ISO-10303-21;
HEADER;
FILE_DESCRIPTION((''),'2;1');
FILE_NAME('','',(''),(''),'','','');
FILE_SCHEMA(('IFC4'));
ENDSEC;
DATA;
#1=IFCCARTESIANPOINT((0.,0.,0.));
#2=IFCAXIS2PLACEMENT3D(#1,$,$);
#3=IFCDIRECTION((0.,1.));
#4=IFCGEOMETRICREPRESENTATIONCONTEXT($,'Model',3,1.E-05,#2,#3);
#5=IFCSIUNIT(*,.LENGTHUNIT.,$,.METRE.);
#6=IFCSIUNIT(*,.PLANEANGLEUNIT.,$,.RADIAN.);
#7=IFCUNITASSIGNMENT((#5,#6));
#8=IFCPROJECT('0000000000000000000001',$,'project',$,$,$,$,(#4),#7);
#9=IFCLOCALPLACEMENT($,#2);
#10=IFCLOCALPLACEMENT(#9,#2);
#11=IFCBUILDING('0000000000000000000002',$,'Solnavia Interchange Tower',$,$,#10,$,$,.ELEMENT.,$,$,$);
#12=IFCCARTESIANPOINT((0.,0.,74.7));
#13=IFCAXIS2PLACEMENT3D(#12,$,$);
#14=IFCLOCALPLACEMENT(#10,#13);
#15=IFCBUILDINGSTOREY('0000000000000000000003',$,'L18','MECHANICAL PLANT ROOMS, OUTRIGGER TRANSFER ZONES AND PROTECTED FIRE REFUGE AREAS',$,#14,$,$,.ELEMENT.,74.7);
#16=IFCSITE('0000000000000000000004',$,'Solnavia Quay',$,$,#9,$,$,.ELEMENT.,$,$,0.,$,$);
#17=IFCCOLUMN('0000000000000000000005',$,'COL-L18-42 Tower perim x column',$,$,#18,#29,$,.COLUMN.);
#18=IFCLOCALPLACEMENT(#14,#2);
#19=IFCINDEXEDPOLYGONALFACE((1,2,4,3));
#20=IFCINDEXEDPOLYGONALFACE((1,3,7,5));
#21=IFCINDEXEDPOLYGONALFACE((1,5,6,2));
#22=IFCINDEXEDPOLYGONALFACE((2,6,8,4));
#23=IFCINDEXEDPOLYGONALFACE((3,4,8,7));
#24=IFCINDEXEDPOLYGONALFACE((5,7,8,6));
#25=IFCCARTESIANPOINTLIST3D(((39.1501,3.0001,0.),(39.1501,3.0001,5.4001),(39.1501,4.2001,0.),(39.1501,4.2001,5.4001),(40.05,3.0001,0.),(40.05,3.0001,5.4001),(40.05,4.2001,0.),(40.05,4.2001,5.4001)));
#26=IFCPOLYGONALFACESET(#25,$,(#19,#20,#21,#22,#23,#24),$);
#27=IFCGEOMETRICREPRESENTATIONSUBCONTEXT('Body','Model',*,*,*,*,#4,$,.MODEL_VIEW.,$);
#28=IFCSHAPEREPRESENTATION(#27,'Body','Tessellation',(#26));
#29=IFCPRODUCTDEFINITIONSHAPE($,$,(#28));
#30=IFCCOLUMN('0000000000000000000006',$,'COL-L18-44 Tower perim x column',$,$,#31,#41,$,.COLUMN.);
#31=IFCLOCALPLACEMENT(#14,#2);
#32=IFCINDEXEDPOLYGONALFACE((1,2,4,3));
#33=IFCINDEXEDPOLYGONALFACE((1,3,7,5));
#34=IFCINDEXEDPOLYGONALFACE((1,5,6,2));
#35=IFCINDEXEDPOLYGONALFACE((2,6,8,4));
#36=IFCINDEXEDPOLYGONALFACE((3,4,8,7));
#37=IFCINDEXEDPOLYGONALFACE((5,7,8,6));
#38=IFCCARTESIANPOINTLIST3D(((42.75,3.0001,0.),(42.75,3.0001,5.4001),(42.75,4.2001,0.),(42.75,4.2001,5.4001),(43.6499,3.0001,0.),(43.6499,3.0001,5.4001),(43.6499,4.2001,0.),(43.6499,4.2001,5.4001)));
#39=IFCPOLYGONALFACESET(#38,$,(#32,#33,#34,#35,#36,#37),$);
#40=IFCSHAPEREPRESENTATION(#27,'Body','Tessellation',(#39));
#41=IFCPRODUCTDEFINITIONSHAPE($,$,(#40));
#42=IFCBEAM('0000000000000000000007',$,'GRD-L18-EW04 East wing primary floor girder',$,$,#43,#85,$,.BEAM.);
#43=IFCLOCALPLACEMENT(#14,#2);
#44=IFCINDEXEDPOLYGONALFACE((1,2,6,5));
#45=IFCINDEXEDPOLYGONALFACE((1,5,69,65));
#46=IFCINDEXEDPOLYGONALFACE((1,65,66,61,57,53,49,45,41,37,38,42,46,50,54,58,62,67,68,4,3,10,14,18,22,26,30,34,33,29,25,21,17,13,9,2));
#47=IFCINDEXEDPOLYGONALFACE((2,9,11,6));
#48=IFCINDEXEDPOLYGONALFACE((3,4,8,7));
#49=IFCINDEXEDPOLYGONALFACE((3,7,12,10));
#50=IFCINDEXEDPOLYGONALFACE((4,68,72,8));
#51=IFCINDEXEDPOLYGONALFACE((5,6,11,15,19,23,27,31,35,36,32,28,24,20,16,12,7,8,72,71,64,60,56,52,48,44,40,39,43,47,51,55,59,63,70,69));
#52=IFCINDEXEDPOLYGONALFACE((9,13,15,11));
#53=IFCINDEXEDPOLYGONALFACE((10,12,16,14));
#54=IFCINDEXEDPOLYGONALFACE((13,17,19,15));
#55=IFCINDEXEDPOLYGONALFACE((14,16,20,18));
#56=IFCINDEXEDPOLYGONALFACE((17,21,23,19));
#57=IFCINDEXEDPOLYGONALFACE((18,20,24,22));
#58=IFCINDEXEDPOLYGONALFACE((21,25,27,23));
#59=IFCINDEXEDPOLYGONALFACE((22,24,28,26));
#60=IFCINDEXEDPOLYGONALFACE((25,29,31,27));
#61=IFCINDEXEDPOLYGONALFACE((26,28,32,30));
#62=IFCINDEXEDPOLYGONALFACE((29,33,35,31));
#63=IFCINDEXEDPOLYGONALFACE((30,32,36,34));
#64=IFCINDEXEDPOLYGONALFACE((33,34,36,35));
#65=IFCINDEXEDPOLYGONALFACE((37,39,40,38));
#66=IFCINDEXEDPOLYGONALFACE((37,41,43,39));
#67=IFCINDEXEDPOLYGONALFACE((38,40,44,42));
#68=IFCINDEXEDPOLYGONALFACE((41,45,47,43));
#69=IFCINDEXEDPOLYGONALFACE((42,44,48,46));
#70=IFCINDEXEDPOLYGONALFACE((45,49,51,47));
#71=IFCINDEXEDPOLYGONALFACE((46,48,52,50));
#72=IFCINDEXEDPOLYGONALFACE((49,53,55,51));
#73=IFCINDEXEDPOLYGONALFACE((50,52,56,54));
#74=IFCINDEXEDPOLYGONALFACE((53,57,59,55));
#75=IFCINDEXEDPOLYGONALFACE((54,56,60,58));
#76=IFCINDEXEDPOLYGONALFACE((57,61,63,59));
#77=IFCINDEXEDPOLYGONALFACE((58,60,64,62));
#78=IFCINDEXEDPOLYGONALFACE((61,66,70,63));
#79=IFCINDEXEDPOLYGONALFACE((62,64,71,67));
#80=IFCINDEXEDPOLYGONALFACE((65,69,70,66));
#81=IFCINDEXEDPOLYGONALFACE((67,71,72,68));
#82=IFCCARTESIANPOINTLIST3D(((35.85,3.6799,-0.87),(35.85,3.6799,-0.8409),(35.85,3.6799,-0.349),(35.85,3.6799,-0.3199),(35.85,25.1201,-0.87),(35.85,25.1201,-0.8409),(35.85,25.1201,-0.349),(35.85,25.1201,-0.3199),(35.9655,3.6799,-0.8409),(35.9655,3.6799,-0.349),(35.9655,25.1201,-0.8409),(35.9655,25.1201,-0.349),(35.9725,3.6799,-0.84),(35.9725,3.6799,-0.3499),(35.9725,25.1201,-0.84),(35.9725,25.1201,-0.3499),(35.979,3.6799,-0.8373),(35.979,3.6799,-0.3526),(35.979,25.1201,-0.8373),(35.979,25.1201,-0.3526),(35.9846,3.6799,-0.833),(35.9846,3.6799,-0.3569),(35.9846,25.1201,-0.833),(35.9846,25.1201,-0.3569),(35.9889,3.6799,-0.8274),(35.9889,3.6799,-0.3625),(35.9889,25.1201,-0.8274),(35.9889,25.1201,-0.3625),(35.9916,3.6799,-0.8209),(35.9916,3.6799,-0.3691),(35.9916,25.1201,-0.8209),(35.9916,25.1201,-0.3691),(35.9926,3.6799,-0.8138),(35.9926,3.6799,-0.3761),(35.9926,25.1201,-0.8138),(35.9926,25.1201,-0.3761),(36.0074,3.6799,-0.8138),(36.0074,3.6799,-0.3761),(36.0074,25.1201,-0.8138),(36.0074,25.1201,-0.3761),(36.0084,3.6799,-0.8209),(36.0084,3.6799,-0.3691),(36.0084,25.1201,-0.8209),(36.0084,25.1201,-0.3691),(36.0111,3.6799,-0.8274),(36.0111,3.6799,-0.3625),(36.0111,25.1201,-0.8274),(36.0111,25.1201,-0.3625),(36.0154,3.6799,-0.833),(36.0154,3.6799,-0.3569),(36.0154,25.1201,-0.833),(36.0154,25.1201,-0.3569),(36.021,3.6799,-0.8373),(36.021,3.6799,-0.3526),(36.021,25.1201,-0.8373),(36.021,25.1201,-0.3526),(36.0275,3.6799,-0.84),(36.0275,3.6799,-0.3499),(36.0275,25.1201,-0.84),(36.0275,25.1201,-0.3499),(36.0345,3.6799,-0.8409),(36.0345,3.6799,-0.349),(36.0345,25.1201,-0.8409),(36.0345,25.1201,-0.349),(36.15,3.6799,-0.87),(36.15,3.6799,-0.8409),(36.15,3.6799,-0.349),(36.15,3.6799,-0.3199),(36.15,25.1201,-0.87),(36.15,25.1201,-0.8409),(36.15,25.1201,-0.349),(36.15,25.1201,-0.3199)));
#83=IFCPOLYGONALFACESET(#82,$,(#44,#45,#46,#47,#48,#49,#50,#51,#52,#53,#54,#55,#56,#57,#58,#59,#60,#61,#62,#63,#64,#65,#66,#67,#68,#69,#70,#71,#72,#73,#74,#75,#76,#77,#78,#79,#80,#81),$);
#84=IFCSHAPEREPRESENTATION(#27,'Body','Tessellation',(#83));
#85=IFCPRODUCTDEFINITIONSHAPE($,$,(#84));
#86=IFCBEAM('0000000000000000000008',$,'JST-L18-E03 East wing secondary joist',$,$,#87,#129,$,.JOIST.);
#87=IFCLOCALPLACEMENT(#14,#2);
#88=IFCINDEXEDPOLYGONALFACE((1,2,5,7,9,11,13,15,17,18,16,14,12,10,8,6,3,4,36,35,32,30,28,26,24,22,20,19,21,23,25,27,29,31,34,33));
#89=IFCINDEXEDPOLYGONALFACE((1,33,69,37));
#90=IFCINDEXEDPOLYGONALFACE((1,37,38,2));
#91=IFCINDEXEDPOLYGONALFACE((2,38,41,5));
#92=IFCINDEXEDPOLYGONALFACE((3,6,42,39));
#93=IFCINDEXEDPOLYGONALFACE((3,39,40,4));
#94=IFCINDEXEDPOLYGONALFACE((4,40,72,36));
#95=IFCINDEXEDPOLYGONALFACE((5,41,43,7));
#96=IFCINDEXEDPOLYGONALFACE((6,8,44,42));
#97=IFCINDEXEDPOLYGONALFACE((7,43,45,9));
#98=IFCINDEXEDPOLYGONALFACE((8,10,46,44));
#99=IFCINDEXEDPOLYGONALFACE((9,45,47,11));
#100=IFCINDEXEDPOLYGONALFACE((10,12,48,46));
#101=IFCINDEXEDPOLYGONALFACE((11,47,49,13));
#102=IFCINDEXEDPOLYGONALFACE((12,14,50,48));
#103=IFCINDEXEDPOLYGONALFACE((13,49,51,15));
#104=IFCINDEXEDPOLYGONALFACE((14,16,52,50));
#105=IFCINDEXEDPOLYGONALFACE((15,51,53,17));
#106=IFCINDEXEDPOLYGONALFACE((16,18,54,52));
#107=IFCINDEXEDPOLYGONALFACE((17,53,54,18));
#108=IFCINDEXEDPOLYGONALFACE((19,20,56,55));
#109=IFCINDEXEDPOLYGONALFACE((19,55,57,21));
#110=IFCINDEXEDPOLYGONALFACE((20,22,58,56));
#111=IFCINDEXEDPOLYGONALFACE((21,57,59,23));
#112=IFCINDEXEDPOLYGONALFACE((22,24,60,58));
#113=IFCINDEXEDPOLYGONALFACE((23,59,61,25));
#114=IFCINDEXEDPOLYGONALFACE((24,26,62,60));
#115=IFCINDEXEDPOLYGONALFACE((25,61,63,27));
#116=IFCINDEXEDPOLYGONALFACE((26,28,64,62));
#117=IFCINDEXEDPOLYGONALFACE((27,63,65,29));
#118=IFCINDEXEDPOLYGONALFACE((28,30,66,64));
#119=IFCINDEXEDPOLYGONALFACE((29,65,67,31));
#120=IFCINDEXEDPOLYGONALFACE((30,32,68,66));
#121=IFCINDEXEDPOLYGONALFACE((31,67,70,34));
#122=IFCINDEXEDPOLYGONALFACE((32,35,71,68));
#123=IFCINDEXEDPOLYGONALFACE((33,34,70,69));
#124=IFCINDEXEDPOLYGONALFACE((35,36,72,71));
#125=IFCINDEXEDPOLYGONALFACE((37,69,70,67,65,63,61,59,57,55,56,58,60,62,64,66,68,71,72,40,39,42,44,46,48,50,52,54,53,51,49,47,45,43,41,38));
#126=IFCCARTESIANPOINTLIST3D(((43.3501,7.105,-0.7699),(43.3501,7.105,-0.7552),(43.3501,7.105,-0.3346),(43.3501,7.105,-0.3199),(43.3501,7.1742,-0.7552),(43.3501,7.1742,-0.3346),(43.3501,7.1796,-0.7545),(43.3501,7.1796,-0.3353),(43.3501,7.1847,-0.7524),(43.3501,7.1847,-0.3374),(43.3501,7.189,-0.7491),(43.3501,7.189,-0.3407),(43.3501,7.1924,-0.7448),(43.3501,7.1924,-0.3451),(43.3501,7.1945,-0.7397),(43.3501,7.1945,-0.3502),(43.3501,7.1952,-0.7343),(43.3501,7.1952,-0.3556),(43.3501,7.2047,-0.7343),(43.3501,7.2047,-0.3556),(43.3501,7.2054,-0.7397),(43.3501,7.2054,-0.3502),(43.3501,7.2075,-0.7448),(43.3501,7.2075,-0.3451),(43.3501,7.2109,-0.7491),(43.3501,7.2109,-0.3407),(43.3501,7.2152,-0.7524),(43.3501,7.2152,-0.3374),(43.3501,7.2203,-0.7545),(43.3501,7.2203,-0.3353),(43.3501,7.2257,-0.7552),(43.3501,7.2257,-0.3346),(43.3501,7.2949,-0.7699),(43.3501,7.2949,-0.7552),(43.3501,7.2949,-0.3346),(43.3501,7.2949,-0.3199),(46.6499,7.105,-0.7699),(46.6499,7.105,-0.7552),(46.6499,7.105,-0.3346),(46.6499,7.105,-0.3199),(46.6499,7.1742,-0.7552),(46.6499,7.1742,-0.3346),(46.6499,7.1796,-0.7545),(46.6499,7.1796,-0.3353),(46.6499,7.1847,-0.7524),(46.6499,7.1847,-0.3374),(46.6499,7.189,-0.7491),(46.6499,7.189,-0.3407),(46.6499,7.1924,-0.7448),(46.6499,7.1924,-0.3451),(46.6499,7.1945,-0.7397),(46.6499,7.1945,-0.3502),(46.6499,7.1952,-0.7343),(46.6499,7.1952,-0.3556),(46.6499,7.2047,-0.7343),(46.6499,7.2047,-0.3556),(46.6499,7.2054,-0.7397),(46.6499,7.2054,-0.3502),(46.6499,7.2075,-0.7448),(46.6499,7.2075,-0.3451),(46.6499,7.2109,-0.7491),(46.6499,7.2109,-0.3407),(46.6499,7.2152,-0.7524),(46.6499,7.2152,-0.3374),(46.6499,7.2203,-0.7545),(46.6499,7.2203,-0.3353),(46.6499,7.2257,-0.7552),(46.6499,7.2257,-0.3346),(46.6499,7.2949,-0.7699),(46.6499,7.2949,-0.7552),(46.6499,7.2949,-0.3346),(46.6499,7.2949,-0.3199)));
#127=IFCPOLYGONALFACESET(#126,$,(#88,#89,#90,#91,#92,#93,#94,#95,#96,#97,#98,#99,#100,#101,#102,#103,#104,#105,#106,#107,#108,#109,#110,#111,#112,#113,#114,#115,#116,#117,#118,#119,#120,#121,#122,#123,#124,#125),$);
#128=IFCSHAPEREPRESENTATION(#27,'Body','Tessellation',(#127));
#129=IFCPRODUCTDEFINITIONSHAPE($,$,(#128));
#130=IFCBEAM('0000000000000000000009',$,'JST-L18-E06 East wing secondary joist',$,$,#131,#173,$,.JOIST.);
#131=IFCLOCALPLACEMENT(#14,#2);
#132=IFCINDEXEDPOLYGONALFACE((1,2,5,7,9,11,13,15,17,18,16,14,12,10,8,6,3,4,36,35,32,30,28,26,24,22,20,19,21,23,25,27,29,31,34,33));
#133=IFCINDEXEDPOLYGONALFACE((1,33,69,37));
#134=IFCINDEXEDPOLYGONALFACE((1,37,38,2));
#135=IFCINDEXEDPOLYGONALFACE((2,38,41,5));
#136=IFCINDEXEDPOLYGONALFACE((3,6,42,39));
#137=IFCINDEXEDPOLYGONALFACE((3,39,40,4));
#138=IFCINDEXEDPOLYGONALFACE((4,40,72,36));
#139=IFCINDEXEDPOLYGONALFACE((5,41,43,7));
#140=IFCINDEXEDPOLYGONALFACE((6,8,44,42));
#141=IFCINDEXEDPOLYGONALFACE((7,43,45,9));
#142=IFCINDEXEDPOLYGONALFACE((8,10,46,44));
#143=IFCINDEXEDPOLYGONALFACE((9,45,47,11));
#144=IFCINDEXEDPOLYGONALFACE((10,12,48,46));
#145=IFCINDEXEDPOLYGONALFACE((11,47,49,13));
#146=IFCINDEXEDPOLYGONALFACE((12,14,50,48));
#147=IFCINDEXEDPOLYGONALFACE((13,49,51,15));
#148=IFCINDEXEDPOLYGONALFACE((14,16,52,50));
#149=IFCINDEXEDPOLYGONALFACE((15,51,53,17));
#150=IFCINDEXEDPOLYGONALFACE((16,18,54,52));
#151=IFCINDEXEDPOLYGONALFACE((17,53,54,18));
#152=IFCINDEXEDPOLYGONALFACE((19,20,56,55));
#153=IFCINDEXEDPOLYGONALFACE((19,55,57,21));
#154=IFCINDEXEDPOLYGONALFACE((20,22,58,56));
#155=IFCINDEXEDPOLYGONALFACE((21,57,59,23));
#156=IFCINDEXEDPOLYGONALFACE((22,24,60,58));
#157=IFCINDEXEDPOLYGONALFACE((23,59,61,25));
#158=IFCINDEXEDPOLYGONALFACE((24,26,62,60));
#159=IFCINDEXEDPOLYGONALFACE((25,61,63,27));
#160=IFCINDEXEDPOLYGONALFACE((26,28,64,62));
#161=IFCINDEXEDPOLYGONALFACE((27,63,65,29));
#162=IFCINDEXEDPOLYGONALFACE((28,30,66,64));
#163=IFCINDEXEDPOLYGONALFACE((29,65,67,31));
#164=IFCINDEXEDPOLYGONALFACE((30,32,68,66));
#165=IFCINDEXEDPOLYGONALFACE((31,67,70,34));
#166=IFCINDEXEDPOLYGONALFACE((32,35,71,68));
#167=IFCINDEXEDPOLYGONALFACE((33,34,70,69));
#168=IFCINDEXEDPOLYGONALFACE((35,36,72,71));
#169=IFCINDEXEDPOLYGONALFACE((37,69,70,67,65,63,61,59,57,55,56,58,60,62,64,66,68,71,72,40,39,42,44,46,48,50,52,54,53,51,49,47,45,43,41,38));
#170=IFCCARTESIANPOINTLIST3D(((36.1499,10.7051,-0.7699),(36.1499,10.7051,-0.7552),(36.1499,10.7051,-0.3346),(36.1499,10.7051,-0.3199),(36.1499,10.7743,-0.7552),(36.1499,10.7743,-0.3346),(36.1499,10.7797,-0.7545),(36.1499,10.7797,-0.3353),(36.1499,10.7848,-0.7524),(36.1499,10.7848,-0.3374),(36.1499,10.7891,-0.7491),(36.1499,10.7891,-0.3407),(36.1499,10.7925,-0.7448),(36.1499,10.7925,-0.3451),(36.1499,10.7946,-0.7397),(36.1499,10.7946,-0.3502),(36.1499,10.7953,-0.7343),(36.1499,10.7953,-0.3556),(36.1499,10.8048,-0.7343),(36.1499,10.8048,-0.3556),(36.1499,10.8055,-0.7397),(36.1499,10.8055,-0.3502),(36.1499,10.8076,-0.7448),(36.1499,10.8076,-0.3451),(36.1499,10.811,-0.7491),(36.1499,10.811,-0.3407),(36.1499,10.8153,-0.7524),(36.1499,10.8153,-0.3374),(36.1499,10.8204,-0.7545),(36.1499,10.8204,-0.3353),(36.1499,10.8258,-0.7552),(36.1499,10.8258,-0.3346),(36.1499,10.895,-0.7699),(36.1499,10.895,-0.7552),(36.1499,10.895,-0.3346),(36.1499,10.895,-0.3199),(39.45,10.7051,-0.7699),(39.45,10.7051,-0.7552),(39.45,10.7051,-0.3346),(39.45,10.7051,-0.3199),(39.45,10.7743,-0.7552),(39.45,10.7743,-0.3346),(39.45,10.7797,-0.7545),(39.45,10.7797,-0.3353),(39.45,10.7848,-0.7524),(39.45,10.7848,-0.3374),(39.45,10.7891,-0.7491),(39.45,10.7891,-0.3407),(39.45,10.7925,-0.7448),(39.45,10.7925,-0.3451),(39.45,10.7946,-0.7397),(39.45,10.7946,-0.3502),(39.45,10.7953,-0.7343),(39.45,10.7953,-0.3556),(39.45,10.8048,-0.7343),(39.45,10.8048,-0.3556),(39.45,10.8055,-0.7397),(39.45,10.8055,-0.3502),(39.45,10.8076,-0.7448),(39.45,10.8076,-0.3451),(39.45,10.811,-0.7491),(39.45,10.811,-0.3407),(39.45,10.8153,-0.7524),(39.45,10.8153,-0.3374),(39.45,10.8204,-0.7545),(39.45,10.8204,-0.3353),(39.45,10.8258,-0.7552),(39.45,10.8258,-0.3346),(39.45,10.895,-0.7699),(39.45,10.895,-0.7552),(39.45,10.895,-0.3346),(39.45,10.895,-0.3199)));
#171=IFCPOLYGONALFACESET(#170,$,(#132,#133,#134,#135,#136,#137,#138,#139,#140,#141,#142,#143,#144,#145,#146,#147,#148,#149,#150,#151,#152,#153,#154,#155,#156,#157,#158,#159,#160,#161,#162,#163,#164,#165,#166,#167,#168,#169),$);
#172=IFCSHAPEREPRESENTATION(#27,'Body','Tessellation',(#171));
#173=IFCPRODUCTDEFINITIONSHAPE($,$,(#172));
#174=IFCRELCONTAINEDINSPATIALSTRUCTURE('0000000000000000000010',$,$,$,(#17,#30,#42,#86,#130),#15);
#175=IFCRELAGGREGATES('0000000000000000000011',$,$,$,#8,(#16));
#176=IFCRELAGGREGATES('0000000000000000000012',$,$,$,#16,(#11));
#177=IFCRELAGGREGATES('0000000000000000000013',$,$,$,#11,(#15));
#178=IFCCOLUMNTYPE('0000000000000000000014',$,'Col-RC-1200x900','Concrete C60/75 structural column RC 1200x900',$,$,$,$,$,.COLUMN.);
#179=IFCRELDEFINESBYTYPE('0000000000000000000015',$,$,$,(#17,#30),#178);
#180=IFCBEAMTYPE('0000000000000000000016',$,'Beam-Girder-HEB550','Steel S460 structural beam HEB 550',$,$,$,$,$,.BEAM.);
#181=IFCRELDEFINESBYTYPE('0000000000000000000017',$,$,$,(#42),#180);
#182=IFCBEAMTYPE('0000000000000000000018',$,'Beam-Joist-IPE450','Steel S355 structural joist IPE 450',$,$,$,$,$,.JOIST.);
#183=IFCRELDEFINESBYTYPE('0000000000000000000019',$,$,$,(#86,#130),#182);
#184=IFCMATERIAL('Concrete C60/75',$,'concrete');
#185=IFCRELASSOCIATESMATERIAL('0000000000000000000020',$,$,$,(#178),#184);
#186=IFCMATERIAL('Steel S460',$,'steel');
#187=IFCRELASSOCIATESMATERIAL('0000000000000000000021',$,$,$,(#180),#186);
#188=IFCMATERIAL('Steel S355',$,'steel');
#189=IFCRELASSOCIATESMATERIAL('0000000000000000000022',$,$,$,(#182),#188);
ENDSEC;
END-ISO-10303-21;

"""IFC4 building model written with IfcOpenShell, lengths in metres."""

from ifc_helpers import new_model, si_unit, direction, frame, origin, origin_2d, place, context, subcontext, project, spatial, rectangle, i_section, extrude, material, material_profile, profile_set, type_object, element, save


model = new_model("IFC4")

# Units and contexts
model_context = context("Model", 3, precision=1e-05, world=origin(), true_north=direction((0.0, 1.0)))
body_context = subcontext(model_context, "Body", "Model", "MODEL_VIEW")
ifc_project = project(units=[si_unit("LENGTHUNIT", "METRE"), si_unit("PLANEANGLEUNIT", "RADIAN")], contexts=[model_context])

# Site, building, storey
site_placement = place(None, origin())
site = spatial("IfcSite", under=ifc_project, at=site_placement, Name="Solnavia Quay", CompositionType="ELEMENT", RefElevation=0.0)
building_placement = place(site_placement, origin())
building = spatial("IfcBuilding", under=site, at=building_placement, Name="Solnavia Interchange Tower", CompositionType="ELEMENT")
storey_placement = place(building_placement, frame((0.0, 0.0, 74.7)))
storey = spatial("IfcBuildingStorey", under=building, at=storey_placement, Name="L18", Description="MECHANICAL PLANT ROOMS, OUTRIGGER TRANSFER ZONES AND PROTECTED FIRE REFUGE AREAS", CompositionType="ELEMENT", Elevation=74.7)

# Columns
ifc_material_1 = material(Name="Concrete C60/75", Category="concrete")
ifc_material_profile_1 = material_profile(ifc_material_1, rectangle(XDim=0.8999, YDim=1.2, at=origin_2d()), Name="RC 1200x900")
ifc_profile_set_1 = profile_set([ifc_material_profile_1], Name="Concrete C60/75")
column_type = type_object("IfcColumnType", Name="Col-RC-1200x900", Description="Concrete C60/75 structural column RC 1200x900", PredefinedType="COLUMN", material=ifc_profile_set_1)
for number, where, z_axis, x_axis, name in (
    (1, (39.6001, 3.6001, 0.0), (0.0, 0.0, 1.0), (1.0, 0.0, 0.0), "COL-L18-42 Tower perim x column"),
    (2, (43.2, 3.6001, 0.0), (0.0, 0.0, 1.0), (1.0, 0.0, 0.0), "COL-L18-44 Tower perim x column"),
):
    element("IfcColumn", number, at=place(storey_placement, frame(where, z_axis=z_axis, x_axis=x_axis)), inside=storey, type_object=column_type, Name=name, PredefinedType="COLUMN", context=body_context, shape_type="SweptSolid", body=[
        extrude(rectangle(XDim=0.8999, YDim=1.2, at=origin_2d()), origin(), (0.0, 0.0, 1.0), 5.4001),
    ])

# Beams
ifc_material_2 = material(Name="Steel S460", Category="steel")
ifc_material_profile_2 = material_profile(ifc_material_2, i_section(OverallWidth=0.3, OverallDepth=0.55, WebThickness=0.0149, FlangeThickness=0.0291, FilletRadius=0.0271, at=origin_2d()), Name="HEB 550")
ifc_profile_set_2 = profile_set([ifc_material_profile_2], Name="Steel S460")
beam_type_1 = type_object("IfcBeamType", Name="Beam-Girder-HEB550", Description="Steel S460 structural beam HEB 550", PredefinedType="BEAM", material=ifc_profile_set_2)
beam_1_placement = place(storey_placement, frame((36.0, 3.6799, -0.595), z_axis=(0.0, 1.0, 0.0), x_axis=(-1.0, 0.0, 0.0)))
element("IfcBeam", 3, at=beam_1_placement, inside=storey, type_object=beam_type_1, Name="GRD-L18-EW04 East wing primary floor girder", PredefinedType="BEAM", context=body_context, shape_type="SweptSolid", body=[
    extrude(i_section(OverallWidth=0.3, OverallDepth=0.55, WebThickness=0.0149, FlangeThickness=0.0291, FilletRadius=0.0271, at=origin_2d()), origin(), (0.0, 0.0, 1.0), 21.4402),
])
ifc_material_3 = material(Name="Steel S355", Category="steel")
ifc_material_profile_3 = material_profile(ifc_material_3, i_section(OverallWidth=0.1899, OverallDepth=0.45, WebThickness=0.0095, FlangeThickness=0.0146, FilletRadius=0.021, at=origin_2d()), Name="IPE 450")
ifc_profile_set_3 = profile_set([ifc_material_profile_3], Name="Steel S355")
beam_type_2 = type_object("IfcBeamType", Name="Beam-Joist-IPE450", Description="Steel S355 structural joist IPE 450", PredefinedType="JOIST", material=ifc_profile_set_3)
beam_2_placement = place(storey_placement, frame((43.3501, 7.2, -0.5449), z_axis=(1.0, 0.0, 0.0), x_axis=(0.0, 1.0, 0.0)))
element("IfcBeam", 4, at=beam_2_placement, inside=storey, type_object=beam_type_2, Name="JST-L18-E03 East wing secondary joist", PredefinedType="JOIST", context=body_context, shape_type="SweptSolid", body=[
    extrude(i_section(OverallWidth=0.1899, OverallDepth=0.45, WebThickness=0.0095, FlangeThickness=0.0146, FilletRadius=0.021, at=origin_2d()), origin(), (0.0, 0.0, 1.0), 3.2998),
])
beam_3_placement = place(storey_placement, frame((36.1499, 10.8, -0.5449), z_axis=(1.0, 0.0, 0.0), x_axis=(0.0, 1.0, 0.0)))
element("IfcBeam", 5, at=beam_3_placement, inside=storey, type_object=beam_type_2, Name="JST-L18-E06 East wing secondary joist", PredefinedType="JOIST", context=body_context, shape_type="SweptSolid", body=[
    extrude(i_section(OverallWidth=0.1899, OverallDepth=0.45, WebThickness=0.0095, FlangeThickness=0.0146, FilletRadius=0.021, at=origin_2d()), origin(), (0.0, 0.0, 1.0), 3.3),
])

save(model, "model.ifc")
